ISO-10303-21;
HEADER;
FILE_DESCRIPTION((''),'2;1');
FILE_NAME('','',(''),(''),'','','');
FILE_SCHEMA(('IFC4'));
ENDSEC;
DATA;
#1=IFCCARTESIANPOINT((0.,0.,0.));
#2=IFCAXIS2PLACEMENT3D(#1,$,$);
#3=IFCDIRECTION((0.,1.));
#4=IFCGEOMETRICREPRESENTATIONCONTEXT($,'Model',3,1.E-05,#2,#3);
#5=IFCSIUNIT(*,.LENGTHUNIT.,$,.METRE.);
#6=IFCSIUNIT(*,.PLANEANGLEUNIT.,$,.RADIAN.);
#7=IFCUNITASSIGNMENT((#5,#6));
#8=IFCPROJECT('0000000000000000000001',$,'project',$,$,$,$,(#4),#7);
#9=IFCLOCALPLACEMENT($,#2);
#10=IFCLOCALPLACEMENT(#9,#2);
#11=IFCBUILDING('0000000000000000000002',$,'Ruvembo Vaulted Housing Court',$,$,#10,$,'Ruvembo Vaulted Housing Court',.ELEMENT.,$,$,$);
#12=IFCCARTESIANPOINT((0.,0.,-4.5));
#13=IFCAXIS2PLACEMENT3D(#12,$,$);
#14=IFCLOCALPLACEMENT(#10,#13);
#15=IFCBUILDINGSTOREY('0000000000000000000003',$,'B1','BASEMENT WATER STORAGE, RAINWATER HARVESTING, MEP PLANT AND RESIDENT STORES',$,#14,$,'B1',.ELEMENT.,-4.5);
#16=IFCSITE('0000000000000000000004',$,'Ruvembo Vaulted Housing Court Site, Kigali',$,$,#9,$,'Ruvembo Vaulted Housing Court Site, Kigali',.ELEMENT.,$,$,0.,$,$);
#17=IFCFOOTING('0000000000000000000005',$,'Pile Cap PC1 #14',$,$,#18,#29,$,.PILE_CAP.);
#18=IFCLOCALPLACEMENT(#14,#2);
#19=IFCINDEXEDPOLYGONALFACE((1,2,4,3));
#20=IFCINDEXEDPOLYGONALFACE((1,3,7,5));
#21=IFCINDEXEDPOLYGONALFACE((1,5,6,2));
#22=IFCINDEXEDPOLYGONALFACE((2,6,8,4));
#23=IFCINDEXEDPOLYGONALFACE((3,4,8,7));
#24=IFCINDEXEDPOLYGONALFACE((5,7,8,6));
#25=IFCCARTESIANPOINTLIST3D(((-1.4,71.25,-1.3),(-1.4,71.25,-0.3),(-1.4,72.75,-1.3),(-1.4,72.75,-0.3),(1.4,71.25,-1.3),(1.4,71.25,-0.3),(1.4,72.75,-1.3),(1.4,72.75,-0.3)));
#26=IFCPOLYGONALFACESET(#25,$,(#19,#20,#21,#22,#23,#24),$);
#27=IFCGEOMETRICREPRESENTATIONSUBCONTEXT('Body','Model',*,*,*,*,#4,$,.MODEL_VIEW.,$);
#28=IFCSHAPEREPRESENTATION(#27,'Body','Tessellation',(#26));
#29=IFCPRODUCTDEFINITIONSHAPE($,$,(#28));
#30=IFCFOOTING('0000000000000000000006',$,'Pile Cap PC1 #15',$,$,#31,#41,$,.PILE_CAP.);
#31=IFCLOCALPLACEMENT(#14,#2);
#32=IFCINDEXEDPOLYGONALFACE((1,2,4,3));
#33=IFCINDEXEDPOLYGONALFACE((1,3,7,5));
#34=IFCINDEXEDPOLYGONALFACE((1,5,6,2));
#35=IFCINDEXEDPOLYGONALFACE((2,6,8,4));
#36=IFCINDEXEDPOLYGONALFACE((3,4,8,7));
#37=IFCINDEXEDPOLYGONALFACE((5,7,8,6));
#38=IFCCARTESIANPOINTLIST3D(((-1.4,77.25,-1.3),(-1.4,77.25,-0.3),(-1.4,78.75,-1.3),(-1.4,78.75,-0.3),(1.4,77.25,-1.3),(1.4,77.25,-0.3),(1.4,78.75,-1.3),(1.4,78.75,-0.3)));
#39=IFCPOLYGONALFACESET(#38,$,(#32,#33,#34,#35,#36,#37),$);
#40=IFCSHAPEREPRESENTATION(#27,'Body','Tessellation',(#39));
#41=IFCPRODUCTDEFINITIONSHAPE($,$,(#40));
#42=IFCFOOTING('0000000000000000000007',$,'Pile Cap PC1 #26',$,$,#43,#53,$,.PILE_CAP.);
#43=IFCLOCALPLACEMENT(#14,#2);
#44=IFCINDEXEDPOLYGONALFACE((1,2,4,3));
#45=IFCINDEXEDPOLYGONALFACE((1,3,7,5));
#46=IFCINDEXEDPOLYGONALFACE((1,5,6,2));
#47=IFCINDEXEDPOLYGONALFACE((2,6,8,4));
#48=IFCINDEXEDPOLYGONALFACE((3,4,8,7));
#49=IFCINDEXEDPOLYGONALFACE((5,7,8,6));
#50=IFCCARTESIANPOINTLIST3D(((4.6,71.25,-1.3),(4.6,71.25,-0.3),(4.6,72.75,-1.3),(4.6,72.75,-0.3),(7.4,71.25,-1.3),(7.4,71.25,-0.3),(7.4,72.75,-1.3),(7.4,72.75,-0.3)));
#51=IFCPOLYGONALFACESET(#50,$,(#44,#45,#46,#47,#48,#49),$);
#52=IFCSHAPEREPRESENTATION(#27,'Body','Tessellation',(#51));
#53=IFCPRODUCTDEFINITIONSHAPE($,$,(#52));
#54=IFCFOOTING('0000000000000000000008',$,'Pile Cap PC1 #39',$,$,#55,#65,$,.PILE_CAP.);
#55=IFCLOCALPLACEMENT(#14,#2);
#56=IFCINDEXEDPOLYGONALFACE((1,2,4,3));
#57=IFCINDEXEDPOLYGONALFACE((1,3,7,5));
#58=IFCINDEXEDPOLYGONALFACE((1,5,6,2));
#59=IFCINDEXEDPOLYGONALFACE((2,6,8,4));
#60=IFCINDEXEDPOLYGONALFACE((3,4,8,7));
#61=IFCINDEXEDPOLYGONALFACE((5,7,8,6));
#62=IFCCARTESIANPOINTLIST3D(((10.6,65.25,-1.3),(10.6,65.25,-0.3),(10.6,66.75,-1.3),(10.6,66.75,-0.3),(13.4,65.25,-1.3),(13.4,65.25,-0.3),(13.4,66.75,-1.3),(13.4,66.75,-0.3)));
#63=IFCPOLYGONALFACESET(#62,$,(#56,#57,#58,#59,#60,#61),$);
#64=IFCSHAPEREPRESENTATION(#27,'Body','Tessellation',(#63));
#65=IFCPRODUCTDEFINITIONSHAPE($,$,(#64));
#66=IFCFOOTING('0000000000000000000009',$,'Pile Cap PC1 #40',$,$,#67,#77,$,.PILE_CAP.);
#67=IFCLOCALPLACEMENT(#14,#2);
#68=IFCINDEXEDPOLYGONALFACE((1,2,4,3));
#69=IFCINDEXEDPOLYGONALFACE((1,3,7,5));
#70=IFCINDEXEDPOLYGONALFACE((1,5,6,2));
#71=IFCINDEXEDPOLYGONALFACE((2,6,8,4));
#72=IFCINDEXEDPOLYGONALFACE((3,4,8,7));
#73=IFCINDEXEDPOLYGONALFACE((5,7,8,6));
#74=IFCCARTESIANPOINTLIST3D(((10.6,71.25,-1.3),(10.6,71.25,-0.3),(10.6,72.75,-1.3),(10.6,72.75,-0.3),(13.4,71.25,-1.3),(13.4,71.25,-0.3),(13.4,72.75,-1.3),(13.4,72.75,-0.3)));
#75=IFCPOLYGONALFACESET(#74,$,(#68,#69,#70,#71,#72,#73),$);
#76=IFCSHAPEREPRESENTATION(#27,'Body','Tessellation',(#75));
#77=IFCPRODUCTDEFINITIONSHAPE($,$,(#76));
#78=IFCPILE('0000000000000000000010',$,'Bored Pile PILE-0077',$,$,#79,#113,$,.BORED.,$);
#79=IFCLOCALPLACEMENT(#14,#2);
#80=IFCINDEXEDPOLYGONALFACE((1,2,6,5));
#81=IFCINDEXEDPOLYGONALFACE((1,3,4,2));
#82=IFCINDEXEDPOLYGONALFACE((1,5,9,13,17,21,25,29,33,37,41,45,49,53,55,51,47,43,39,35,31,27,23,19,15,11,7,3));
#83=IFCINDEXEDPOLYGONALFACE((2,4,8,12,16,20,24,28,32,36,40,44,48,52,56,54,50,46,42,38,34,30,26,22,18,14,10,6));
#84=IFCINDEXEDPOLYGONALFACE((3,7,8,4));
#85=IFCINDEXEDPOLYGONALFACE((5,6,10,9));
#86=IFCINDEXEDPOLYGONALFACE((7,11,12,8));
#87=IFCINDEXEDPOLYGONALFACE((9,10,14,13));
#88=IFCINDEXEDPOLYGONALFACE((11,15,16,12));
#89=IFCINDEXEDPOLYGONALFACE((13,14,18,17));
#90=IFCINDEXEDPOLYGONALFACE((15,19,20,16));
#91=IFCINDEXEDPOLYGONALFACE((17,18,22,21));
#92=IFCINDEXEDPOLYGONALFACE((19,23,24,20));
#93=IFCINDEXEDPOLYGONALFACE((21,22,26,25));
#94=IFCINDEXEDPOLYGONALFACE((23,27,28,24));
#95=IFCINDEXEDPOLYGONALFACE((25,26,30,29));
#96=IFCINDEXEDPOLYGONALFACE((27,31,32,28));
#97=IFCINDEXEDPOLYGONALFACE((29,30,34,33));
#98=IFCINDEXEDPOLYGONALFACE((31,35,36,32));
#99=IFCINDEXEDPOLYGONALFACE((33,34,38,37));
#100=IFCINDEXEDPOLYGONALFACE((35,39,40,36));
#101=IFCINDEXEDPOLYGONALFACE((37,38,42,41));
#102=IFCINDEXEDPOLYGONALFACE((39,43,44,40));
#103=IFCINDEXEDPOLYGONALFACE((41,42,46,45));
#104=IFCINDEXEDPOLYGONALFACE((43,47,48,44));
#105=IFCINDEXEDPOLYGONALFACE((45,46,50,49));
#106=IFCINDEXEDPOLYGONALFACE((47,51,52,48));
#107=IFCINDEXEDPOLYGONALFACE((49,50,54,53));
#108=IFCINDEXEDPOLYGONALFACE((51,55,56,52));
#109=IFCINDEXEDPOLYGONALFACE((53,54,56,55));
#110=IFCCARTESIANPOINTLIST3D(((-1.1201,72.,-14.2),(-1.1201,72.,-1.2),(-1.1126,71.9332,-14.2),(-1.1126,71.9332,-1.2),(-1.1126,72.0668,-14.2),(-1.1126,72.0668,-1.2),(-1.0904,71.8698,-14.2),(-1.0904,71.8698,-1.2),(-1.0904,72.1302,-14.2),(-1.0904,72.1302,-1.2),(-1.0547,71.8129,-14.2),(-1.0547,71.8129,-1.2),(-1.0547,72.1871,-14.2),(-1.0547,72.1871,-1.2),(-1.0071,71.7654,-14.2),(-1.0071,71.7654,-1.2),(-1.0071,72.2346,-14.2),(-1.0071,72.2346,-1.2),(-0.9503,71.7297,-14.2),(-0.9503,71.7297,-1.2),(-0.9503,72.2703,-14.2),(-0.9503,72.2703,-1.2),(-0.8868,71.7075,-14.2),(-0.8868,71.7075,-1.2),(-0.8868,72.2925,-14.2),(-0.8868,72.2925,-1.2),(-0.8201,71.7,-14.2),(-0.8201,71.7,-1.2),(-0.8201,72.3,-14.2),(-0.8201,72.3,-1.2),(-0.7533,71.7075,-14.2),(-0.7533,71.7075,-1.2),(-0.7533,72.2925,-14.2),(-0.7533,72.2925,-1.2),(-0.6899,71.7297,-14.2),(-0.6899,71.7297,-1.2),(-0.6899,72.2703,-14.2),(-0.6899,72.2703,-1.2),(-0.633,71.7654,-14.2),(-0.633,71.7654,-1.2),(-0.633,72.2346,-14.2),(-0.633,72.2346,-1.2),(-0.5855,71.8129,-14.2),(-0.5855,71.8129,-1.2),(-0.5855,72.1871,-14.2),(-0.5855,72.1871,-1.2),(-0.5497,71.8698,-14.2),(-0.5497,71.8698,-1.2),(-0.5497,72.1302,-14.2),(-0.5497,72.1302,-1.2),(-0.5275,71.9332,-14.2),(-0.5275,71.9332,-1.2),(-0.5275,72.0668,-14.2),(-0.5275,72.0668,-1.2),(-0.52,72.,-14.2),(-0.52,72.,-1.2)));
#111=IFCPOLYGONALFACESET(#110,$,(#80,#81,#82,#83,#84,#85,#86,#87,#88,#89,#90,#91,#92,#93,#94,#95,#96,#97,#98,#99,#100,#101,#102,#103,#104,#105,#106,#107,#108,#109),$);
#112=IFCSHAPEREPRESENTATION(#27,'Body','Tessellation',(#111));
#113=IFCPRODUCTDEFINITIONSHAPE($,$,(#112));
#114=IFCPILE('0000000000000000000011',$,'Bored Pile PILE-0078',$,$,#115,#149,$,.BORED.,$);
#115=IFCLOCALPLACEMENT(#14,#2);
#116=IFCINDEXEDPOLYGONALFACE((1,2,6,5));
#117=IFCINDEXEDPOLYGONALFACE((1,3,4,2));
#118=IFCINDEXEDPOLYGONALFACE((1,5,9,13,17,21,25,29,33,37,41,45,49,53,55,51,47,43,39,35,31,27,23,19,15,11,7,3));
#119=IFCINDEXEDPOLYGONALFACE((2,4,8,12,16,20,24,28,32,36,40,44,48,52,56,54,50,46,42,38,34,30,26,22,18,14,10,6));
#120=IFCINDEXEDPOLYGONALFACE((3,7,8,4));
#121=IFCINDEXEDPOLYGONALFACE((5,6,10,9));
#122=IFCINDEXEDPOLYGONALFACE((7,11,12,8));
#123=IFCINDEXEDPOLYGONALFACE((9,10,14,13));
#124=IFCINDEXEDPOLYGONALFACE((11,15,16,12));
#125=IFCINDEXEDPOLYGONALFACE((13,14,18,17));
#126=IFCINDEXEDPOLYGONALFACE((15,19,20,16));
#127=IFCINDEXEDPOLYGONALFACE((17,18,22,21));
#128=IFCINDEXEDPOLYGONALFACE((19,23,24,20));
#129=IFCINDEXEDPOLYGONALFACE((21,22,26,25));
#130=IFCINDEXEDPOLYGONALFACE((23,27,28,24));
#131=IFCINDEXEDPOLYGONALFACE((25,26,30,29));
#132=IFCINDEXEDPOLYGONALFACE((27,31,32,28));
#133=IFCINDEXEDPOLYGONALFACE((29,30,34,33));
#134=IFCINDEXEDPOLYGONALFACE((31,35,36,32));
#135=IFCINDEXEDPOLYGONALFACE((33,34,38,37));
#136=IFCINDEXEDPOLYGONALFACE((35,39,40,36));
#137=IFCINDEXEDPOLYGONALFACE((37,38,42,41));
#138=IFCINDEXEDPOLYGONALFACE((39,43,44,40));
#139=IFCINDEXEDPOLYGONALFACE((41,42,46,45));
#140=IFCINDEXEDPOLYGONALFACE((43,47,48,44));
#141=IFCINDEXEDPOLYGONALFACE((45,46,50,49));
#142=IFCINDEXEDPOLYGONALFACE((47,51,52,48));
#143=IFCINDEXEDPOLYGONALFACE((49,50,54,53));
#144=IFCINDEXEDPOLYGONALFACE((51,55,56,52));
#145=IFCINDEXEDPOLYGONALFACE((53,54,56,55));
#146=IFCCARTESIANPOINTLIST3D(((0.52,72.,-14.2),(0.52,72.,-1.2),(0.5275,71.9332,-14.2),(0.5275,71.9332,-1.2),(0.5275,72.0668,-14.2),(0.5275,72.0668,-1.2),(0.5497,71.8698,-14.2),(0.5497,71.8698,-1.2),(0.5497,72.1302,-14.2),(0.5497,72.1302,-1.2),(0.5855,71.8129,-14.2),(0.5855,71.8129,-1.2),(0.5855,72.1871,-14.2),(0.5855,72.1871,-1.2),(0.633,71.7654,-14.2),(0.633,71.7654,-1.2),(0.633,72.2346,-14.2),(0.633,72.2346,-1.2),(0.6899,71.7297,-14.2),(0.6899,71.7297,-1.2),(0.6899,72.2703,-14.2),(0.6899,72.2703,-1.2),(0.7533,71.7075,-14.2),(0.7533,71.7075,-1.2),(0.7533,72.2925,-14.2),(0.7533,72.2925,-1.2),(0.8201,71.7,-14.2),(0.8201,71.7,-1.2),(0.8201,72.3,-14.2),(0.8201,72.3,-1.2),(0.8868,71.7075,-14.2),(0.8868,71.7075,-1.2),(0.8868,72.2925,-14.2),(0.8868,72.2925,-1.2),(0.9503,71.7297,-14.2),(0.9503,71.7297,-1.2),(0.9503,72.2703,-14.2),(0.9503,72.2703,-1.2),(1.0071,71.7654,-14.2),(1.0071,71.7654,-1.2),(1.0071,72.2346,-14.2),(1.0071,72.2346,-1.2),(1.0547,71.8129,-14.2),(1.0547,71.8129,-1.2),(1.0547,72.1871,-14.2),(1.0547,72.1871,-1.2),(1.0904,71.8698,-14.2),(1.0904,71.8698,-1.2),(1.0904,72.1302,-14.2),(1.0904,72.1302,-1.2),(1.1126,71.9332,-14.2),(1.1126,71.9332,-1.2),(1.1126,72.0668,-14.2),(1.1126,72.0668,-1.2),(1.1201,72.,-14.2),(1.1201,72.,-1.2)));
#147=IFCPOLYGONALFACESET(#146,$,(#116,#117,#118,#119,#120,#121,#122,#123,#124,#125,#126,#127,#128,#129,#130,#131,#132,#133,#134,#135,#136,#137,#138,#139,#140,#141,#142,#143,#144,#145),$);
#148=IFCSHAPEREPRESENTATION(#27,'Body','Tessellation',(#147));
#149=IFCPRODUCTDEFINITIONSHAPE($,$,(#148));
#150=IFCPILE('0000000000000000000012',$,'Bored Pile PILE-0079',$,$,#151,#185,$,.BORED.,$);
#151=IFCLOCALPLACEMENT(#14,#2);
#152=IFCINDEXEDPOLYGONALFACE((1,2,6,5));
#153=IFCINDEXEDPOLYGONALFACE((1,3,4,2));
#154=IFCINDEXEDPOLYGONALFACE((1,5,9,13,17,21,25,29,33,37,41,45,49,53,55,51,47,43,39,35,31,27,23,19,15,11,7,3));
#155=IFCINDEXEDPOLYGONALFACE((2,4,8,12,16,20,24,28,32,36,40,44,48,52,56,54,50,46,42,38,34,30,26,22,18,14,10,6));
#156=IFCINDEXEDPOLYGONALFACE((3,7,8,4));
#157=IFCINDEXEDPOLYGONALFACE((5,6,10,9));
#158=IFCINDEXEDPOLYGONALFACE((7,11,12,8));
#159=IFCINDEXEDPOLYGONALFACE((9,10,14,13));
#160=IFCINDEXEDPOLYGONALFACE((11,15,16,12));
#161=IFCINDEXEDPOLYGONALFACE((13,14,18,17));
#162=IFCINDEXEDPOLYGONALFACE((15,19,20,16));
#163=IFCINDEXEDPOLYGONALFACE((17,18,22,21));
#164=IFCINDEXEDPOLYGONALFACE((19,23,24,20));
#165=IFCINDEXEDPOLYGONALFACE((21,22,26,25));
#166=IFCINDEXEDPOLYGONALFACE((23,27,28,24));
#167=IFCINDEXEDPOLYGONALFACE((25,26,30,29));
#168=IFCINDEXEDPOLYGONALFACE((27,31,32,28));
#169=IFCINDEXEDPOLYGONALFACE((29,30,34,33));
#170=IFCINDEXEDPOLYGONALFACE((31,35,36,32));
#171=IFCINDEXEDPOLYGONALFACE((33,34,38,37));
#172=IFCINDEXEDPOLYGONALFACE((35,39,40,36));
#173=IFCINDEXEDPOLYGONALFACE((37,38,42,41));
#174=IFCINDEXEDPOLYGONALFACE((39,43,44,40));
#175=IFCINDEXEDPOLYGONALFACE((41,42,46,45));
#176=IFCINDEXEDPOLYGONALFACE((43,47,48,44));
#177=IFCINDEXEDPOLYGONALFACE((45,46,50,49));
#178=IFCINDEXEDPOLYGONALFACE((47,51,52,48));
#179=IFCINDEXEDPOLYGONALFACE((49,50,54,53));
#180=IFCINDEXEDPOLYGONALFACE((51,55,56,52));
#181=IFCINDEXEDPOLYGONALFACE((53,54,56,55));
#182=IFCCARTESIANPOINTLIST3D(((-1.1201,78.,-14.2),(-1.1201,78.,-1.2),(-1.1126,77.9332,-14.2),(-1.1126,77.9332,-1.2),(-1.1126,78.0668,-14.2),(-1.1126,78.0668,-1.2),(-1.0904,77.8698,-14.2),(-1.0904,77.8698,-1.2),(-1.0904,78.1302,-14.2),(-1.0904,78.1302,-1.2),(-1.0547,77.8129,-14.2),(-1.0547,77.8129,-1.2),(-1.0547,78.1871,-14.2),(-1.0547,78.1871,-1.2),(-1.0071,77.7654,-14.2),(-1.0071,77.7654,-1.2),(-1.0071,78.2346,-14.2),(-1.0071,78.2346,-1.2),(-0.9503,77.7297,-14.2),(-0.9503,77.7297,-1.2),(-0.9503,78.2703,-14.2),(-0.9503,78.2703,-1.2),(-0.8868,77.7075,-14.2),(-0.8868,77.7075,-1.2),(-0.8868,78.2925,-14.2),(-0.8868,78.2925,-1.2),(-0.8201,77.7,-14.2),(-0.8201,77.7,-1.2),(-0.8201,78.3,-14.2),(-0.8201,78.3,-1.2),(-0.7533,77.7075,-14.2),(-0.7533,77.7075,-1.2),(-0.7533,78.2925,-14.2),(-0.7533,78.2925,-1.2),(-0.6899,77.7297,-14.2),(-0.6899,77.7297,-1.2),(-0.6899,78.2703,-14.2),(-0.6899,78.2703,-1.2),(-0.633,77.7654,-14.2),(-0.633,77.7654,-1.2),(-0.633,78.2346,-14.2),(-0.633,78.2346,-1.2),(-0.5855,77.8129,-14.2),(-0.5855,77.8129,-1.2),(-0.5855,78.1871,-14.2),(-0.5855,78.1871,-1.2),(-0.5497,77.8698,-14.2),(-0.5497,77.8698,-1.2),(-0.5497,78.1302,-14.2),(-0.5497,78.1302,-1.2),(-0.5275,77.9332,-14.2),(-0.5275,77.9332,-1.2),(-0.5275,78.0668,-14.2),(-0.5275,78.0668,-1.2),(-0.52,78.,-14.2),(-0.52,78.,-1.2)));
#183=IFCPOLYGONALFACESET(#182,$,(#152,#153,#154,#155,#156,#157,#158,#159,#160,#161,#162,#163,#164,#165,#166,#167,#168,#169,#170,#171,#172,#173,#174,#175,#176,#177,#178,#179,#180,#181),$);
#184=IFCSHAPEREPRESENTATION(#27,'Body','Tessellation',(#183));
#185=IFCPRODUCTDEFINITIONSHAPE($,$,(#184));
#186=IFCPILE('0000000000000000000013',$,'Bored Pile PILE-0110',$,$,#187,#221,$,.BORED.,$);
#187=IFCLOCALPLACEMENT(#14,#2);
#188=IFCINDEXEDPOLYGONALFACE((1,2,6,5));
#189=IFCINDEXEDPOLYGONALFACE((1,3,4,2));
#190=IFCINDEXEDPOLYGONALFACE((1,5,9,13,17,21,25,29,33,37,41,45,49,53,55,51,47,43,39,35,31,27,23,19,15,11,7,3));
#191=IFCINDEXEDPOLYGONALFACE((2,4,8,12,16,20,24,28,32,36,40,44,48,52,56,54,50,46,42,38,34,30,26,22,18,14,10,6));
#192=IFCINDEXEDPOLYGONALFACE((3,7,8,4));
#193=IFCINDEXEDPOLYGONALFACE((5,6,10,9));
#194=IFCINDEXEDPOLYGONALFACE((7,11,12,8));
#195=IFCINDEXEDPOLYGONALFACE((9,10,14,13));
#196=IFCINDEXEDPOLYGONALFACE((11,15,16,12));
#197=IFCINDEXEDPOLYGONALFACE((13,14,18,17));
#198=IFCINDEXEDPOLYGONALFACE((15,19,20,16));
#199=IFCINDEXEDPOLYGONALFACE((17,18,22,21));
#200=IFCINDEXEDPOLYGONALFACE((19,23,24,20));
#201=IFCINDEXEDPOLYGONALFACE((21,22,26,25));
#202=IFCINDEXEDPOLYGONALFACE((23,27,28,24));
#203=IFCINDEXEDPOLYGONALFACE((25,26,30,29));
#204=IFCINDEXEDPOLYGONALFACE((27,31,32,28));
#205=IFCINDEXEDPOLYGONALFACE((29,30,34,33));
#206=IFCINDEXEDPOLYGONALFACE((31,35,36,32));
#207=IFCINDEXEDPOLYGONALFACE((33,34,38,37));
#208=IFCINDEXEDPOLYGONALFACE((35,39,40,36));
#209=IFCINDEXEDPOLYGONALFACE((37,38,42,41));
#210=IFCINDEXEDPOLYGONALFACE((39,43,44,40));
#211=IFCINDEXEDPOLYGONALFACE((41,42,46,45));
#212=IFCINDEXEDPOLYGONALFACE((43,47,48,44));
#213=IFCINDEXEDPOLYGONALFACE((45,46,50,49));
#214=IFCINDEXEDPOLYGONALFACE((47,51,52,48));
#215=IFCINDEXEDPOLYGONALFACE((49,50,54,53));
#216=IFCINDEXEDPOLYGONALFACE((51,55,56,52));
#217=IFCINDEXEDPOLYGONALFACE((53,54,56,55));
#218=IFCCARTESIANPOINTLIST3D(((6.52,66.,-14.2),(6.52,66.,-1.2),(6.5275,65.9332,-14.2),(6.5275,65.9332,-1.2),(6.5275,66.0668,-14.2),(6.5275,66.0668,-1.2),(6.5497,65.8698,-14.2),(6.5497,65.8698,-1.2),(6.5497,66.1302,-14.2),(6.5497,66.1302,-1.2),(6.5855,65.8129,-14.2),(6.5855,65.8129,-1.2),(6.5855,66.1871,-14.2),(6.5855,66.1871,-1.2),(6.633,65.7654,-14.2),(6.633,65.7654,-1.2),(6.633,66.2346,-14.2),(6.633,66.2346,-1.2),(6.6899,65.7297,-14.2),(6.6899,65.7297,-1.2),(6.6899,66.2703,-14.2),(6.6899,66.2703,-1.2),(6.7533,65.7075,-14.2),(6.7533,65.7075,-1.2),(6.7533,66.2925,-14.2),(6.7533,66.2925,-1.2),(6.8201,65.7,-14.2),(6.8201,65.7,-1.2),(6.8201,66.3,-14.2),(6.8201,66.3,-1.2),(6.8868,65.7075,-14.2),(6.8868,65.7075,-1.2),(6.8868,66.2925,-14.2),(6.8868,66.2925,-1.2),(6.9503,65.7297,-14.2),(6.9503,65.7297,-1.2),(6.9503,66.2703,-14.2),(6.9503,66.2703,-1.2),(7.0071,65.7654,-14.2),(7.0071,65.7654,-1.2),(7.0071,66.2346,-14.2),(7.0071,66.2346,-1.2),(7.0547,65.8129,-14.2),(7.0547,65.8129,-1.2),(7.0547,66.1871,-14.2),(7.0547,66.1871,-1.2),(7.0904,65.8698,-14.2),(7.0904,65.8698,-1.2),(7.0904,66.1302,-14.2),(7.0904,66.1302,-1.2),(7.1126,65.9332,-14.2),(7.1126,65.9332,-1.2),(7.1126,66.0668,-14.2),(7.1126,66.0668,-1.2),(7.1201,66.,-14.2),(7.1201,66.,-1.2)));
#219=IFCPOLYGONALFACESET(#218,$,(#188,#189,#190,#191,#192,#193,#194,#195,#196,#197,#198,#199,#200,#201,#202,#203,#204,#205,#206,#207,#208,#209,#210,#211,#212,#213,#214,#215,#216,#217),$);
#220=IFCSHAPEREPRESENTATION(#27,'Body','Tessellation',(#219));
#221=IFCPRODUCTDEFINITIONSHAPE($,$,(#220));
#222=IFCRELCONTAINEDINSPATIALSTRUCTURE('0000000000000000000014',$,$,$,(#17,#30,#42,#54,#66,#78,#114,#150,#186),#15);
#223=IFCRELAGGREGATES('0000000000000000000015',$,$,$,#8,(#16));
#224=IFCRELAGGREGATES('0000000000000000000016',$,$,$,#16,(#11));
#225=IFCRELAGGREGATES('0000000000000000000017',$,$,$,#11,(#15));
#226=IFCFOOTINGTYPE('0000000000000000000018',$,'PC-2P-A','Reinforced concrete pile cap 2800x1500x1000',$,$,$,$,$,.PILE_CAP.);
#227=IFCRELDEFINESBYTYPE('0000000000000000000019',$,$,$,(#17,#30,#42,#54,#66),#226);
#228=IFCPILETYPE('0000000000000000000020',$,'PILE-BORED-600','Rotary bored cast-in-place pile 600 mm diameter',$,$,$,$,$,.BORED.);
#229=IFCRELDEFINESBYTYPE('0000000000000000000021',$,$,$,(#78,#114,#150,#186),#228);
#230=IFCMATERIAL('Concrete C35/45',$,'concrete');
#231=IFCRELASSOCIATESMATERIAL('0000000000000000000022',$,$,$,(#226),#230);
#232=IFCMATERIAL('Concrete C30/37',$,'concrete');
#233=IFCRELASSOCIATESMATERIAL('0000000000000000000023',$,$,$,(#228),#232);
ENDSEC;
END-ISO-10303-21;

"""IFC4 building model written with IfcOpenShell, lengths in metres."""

from ifc_helpers import new_model, si_unit, direction, frame, origin, origin_2d, place, context, subcontext, project, spatial, rectangle, circle, extrude, material, material_profile, profile_set, type_object, element, save


model = new_model("IFC4")

# Units and contexts
model_context = context("Model", 3, precision=1e-05, world=origin(), true_north=direction((0.0, 1.0)))
body_context = subcontext(model_context, "Body", "Model", "MODEL_VIEW")
ifc_project = project(units=[si_unit("LENGTHUNIT", "METRE"), si_unit("PLANEANGLEUNIT", "RADIAN")], contexts=[model_context])

# Site, building, storey
site_placement = place(None, origin())
site = spatial("IfcSite", under=ifc_project, at=site_placement, Name="Ruvembo Vaulted Housing Court Site, Kigali", LongName="Ruvembo Vaulted Housing Court Site, Kigali", CompositionType="ELEMENT", RefElevation=0.0)
building_placement = place(site_placement, origin())
building = spatial("IfcBuilding", under=site, at=building_placement, Name="Ruvembo Vaulted Housing Court", LongName="Ruvembo Vaulted Housing Court", CompositionType="ELEMENT")
storey_placement = place(building_placement, frame((0.0, 0.0, -4.5)))
storey = spatial("IfcBuildingStorey", under=building, at=storey_placement, Name="B1", Description="BASEMENT WATER STORAGE, RAINWATER HARVESTING, MEP PLANT AND RESIDENT STORES", LongName="B1", CompositionType="ELEMENT", Elevation=-4.5)

# Footings
ifc_material_1 = material(Name="Concrete C35/45", Category="concrete")
footing_type = type_object("IfcFootingType", Name="PC-2P-A", Description="Reinforced concrete pile cap 2800x1500x1000", PredefinedType="PILE_CAP", material=ifc_material_1)
for number, where, z_axis, x_axis, name in (
    (1, (0.0, 72.0, -1.3), (0.0, 0.0, 1.0), (1.0, 0.0, 0.0), "Pile Cap PC1 #14"),
    (2, (0.0, 78.0, -1.3), (0.0, 0.0, 1.0), (1.0, 0.0, 0.0), "Pile Cap PC1 #15"),
    (3, (6.0, 72.0, -1.3), (0.0, 0.0, 1.0), (1.0, 0.0, 0.0), "Pile Cap PC1 #26"),
    (4, (12.0, 66.0, -1.3), (0.0, 0.0, 1.0), (1.0, 0.0, 0.0), "Pile Cap PC1 #39"),
    (5, (12.0, 72.0, -1.3), (0.0, 0.0, 1.0), (1.0, 0.0, 0.0), "Pile Cap PC1 #40"),
):
    element("IfcFooting", number, at=place(storey_placement, frame(where, z_axis=z_axis, x_axis=x_axis)), inside=storey, type_object=footing_type, Name=name, PredefinedType="PILE_CAP", context=body_context, shape_type="SweptSolid", body=[
        extrude(rectangle(XDim=2.8, YDim=1.5, at=origin_2d()), origin(), (0.0, 0.0, 1.0), 1.0),
    ])

# Piles
ifc_material_2 = material(Name="Concrete C30/37", Category="concrete")
ifc_material_profile_1 = material_profile(ifc_material_2, circle(Radius=0.3, at=origin_2d()), Name="PILE D600")
ifc_profile_set_1 = profile_set([ifc_material_profile_1], Name="Concrete C30/37")
pile_type = type_object("IfcPileType", Name="PILE-BORED-600", Description="Rotary bored cast-in-place pile 600 mm diameter", PredefinedType="BORED", material=ifc_profile_set_1)
for number, where, z_axis, x_axis, name in (
    (6, (-0.8201, 72.0, -1.2), (0.0, 0.0, -1.0), (1.0, 0.0, 0.0), "Bored Pile PILE-0077"),
    (7, (0.8201, 72.0, -1.2), (0.0, 0.0, -1.0), (1.0, 0.0, 0.0), "Bored Pile PILE-0078"),
    (8, (-0.8201, 78.0, -1.2), (0.0, 0.0, -1.0), (1.0, 0.0, 0.0), "Bored Pile PILE-0079"),
    (9, (6.8201, 66.0, -1.2), (0.0, 0.0, -1.0), (1.0, 0.0, 0.0), "Bored Pile PILE-0110"),
):
    element("IfcPile", number, at=place(storey_placement, frame(where, z_axis=z_axis, x_axis=x_axis)), inside=storey, type_object=pile_type, Name=name, PredefinedType="BORED", context=body_context, shape_type="SweptSolid", body=[
        extrude(circle(Radius=0.3, at=origin_2d()), origin(), (0.0, 0.0, 1.0), 13.0),
    ])

save(model, "model.ifc")
